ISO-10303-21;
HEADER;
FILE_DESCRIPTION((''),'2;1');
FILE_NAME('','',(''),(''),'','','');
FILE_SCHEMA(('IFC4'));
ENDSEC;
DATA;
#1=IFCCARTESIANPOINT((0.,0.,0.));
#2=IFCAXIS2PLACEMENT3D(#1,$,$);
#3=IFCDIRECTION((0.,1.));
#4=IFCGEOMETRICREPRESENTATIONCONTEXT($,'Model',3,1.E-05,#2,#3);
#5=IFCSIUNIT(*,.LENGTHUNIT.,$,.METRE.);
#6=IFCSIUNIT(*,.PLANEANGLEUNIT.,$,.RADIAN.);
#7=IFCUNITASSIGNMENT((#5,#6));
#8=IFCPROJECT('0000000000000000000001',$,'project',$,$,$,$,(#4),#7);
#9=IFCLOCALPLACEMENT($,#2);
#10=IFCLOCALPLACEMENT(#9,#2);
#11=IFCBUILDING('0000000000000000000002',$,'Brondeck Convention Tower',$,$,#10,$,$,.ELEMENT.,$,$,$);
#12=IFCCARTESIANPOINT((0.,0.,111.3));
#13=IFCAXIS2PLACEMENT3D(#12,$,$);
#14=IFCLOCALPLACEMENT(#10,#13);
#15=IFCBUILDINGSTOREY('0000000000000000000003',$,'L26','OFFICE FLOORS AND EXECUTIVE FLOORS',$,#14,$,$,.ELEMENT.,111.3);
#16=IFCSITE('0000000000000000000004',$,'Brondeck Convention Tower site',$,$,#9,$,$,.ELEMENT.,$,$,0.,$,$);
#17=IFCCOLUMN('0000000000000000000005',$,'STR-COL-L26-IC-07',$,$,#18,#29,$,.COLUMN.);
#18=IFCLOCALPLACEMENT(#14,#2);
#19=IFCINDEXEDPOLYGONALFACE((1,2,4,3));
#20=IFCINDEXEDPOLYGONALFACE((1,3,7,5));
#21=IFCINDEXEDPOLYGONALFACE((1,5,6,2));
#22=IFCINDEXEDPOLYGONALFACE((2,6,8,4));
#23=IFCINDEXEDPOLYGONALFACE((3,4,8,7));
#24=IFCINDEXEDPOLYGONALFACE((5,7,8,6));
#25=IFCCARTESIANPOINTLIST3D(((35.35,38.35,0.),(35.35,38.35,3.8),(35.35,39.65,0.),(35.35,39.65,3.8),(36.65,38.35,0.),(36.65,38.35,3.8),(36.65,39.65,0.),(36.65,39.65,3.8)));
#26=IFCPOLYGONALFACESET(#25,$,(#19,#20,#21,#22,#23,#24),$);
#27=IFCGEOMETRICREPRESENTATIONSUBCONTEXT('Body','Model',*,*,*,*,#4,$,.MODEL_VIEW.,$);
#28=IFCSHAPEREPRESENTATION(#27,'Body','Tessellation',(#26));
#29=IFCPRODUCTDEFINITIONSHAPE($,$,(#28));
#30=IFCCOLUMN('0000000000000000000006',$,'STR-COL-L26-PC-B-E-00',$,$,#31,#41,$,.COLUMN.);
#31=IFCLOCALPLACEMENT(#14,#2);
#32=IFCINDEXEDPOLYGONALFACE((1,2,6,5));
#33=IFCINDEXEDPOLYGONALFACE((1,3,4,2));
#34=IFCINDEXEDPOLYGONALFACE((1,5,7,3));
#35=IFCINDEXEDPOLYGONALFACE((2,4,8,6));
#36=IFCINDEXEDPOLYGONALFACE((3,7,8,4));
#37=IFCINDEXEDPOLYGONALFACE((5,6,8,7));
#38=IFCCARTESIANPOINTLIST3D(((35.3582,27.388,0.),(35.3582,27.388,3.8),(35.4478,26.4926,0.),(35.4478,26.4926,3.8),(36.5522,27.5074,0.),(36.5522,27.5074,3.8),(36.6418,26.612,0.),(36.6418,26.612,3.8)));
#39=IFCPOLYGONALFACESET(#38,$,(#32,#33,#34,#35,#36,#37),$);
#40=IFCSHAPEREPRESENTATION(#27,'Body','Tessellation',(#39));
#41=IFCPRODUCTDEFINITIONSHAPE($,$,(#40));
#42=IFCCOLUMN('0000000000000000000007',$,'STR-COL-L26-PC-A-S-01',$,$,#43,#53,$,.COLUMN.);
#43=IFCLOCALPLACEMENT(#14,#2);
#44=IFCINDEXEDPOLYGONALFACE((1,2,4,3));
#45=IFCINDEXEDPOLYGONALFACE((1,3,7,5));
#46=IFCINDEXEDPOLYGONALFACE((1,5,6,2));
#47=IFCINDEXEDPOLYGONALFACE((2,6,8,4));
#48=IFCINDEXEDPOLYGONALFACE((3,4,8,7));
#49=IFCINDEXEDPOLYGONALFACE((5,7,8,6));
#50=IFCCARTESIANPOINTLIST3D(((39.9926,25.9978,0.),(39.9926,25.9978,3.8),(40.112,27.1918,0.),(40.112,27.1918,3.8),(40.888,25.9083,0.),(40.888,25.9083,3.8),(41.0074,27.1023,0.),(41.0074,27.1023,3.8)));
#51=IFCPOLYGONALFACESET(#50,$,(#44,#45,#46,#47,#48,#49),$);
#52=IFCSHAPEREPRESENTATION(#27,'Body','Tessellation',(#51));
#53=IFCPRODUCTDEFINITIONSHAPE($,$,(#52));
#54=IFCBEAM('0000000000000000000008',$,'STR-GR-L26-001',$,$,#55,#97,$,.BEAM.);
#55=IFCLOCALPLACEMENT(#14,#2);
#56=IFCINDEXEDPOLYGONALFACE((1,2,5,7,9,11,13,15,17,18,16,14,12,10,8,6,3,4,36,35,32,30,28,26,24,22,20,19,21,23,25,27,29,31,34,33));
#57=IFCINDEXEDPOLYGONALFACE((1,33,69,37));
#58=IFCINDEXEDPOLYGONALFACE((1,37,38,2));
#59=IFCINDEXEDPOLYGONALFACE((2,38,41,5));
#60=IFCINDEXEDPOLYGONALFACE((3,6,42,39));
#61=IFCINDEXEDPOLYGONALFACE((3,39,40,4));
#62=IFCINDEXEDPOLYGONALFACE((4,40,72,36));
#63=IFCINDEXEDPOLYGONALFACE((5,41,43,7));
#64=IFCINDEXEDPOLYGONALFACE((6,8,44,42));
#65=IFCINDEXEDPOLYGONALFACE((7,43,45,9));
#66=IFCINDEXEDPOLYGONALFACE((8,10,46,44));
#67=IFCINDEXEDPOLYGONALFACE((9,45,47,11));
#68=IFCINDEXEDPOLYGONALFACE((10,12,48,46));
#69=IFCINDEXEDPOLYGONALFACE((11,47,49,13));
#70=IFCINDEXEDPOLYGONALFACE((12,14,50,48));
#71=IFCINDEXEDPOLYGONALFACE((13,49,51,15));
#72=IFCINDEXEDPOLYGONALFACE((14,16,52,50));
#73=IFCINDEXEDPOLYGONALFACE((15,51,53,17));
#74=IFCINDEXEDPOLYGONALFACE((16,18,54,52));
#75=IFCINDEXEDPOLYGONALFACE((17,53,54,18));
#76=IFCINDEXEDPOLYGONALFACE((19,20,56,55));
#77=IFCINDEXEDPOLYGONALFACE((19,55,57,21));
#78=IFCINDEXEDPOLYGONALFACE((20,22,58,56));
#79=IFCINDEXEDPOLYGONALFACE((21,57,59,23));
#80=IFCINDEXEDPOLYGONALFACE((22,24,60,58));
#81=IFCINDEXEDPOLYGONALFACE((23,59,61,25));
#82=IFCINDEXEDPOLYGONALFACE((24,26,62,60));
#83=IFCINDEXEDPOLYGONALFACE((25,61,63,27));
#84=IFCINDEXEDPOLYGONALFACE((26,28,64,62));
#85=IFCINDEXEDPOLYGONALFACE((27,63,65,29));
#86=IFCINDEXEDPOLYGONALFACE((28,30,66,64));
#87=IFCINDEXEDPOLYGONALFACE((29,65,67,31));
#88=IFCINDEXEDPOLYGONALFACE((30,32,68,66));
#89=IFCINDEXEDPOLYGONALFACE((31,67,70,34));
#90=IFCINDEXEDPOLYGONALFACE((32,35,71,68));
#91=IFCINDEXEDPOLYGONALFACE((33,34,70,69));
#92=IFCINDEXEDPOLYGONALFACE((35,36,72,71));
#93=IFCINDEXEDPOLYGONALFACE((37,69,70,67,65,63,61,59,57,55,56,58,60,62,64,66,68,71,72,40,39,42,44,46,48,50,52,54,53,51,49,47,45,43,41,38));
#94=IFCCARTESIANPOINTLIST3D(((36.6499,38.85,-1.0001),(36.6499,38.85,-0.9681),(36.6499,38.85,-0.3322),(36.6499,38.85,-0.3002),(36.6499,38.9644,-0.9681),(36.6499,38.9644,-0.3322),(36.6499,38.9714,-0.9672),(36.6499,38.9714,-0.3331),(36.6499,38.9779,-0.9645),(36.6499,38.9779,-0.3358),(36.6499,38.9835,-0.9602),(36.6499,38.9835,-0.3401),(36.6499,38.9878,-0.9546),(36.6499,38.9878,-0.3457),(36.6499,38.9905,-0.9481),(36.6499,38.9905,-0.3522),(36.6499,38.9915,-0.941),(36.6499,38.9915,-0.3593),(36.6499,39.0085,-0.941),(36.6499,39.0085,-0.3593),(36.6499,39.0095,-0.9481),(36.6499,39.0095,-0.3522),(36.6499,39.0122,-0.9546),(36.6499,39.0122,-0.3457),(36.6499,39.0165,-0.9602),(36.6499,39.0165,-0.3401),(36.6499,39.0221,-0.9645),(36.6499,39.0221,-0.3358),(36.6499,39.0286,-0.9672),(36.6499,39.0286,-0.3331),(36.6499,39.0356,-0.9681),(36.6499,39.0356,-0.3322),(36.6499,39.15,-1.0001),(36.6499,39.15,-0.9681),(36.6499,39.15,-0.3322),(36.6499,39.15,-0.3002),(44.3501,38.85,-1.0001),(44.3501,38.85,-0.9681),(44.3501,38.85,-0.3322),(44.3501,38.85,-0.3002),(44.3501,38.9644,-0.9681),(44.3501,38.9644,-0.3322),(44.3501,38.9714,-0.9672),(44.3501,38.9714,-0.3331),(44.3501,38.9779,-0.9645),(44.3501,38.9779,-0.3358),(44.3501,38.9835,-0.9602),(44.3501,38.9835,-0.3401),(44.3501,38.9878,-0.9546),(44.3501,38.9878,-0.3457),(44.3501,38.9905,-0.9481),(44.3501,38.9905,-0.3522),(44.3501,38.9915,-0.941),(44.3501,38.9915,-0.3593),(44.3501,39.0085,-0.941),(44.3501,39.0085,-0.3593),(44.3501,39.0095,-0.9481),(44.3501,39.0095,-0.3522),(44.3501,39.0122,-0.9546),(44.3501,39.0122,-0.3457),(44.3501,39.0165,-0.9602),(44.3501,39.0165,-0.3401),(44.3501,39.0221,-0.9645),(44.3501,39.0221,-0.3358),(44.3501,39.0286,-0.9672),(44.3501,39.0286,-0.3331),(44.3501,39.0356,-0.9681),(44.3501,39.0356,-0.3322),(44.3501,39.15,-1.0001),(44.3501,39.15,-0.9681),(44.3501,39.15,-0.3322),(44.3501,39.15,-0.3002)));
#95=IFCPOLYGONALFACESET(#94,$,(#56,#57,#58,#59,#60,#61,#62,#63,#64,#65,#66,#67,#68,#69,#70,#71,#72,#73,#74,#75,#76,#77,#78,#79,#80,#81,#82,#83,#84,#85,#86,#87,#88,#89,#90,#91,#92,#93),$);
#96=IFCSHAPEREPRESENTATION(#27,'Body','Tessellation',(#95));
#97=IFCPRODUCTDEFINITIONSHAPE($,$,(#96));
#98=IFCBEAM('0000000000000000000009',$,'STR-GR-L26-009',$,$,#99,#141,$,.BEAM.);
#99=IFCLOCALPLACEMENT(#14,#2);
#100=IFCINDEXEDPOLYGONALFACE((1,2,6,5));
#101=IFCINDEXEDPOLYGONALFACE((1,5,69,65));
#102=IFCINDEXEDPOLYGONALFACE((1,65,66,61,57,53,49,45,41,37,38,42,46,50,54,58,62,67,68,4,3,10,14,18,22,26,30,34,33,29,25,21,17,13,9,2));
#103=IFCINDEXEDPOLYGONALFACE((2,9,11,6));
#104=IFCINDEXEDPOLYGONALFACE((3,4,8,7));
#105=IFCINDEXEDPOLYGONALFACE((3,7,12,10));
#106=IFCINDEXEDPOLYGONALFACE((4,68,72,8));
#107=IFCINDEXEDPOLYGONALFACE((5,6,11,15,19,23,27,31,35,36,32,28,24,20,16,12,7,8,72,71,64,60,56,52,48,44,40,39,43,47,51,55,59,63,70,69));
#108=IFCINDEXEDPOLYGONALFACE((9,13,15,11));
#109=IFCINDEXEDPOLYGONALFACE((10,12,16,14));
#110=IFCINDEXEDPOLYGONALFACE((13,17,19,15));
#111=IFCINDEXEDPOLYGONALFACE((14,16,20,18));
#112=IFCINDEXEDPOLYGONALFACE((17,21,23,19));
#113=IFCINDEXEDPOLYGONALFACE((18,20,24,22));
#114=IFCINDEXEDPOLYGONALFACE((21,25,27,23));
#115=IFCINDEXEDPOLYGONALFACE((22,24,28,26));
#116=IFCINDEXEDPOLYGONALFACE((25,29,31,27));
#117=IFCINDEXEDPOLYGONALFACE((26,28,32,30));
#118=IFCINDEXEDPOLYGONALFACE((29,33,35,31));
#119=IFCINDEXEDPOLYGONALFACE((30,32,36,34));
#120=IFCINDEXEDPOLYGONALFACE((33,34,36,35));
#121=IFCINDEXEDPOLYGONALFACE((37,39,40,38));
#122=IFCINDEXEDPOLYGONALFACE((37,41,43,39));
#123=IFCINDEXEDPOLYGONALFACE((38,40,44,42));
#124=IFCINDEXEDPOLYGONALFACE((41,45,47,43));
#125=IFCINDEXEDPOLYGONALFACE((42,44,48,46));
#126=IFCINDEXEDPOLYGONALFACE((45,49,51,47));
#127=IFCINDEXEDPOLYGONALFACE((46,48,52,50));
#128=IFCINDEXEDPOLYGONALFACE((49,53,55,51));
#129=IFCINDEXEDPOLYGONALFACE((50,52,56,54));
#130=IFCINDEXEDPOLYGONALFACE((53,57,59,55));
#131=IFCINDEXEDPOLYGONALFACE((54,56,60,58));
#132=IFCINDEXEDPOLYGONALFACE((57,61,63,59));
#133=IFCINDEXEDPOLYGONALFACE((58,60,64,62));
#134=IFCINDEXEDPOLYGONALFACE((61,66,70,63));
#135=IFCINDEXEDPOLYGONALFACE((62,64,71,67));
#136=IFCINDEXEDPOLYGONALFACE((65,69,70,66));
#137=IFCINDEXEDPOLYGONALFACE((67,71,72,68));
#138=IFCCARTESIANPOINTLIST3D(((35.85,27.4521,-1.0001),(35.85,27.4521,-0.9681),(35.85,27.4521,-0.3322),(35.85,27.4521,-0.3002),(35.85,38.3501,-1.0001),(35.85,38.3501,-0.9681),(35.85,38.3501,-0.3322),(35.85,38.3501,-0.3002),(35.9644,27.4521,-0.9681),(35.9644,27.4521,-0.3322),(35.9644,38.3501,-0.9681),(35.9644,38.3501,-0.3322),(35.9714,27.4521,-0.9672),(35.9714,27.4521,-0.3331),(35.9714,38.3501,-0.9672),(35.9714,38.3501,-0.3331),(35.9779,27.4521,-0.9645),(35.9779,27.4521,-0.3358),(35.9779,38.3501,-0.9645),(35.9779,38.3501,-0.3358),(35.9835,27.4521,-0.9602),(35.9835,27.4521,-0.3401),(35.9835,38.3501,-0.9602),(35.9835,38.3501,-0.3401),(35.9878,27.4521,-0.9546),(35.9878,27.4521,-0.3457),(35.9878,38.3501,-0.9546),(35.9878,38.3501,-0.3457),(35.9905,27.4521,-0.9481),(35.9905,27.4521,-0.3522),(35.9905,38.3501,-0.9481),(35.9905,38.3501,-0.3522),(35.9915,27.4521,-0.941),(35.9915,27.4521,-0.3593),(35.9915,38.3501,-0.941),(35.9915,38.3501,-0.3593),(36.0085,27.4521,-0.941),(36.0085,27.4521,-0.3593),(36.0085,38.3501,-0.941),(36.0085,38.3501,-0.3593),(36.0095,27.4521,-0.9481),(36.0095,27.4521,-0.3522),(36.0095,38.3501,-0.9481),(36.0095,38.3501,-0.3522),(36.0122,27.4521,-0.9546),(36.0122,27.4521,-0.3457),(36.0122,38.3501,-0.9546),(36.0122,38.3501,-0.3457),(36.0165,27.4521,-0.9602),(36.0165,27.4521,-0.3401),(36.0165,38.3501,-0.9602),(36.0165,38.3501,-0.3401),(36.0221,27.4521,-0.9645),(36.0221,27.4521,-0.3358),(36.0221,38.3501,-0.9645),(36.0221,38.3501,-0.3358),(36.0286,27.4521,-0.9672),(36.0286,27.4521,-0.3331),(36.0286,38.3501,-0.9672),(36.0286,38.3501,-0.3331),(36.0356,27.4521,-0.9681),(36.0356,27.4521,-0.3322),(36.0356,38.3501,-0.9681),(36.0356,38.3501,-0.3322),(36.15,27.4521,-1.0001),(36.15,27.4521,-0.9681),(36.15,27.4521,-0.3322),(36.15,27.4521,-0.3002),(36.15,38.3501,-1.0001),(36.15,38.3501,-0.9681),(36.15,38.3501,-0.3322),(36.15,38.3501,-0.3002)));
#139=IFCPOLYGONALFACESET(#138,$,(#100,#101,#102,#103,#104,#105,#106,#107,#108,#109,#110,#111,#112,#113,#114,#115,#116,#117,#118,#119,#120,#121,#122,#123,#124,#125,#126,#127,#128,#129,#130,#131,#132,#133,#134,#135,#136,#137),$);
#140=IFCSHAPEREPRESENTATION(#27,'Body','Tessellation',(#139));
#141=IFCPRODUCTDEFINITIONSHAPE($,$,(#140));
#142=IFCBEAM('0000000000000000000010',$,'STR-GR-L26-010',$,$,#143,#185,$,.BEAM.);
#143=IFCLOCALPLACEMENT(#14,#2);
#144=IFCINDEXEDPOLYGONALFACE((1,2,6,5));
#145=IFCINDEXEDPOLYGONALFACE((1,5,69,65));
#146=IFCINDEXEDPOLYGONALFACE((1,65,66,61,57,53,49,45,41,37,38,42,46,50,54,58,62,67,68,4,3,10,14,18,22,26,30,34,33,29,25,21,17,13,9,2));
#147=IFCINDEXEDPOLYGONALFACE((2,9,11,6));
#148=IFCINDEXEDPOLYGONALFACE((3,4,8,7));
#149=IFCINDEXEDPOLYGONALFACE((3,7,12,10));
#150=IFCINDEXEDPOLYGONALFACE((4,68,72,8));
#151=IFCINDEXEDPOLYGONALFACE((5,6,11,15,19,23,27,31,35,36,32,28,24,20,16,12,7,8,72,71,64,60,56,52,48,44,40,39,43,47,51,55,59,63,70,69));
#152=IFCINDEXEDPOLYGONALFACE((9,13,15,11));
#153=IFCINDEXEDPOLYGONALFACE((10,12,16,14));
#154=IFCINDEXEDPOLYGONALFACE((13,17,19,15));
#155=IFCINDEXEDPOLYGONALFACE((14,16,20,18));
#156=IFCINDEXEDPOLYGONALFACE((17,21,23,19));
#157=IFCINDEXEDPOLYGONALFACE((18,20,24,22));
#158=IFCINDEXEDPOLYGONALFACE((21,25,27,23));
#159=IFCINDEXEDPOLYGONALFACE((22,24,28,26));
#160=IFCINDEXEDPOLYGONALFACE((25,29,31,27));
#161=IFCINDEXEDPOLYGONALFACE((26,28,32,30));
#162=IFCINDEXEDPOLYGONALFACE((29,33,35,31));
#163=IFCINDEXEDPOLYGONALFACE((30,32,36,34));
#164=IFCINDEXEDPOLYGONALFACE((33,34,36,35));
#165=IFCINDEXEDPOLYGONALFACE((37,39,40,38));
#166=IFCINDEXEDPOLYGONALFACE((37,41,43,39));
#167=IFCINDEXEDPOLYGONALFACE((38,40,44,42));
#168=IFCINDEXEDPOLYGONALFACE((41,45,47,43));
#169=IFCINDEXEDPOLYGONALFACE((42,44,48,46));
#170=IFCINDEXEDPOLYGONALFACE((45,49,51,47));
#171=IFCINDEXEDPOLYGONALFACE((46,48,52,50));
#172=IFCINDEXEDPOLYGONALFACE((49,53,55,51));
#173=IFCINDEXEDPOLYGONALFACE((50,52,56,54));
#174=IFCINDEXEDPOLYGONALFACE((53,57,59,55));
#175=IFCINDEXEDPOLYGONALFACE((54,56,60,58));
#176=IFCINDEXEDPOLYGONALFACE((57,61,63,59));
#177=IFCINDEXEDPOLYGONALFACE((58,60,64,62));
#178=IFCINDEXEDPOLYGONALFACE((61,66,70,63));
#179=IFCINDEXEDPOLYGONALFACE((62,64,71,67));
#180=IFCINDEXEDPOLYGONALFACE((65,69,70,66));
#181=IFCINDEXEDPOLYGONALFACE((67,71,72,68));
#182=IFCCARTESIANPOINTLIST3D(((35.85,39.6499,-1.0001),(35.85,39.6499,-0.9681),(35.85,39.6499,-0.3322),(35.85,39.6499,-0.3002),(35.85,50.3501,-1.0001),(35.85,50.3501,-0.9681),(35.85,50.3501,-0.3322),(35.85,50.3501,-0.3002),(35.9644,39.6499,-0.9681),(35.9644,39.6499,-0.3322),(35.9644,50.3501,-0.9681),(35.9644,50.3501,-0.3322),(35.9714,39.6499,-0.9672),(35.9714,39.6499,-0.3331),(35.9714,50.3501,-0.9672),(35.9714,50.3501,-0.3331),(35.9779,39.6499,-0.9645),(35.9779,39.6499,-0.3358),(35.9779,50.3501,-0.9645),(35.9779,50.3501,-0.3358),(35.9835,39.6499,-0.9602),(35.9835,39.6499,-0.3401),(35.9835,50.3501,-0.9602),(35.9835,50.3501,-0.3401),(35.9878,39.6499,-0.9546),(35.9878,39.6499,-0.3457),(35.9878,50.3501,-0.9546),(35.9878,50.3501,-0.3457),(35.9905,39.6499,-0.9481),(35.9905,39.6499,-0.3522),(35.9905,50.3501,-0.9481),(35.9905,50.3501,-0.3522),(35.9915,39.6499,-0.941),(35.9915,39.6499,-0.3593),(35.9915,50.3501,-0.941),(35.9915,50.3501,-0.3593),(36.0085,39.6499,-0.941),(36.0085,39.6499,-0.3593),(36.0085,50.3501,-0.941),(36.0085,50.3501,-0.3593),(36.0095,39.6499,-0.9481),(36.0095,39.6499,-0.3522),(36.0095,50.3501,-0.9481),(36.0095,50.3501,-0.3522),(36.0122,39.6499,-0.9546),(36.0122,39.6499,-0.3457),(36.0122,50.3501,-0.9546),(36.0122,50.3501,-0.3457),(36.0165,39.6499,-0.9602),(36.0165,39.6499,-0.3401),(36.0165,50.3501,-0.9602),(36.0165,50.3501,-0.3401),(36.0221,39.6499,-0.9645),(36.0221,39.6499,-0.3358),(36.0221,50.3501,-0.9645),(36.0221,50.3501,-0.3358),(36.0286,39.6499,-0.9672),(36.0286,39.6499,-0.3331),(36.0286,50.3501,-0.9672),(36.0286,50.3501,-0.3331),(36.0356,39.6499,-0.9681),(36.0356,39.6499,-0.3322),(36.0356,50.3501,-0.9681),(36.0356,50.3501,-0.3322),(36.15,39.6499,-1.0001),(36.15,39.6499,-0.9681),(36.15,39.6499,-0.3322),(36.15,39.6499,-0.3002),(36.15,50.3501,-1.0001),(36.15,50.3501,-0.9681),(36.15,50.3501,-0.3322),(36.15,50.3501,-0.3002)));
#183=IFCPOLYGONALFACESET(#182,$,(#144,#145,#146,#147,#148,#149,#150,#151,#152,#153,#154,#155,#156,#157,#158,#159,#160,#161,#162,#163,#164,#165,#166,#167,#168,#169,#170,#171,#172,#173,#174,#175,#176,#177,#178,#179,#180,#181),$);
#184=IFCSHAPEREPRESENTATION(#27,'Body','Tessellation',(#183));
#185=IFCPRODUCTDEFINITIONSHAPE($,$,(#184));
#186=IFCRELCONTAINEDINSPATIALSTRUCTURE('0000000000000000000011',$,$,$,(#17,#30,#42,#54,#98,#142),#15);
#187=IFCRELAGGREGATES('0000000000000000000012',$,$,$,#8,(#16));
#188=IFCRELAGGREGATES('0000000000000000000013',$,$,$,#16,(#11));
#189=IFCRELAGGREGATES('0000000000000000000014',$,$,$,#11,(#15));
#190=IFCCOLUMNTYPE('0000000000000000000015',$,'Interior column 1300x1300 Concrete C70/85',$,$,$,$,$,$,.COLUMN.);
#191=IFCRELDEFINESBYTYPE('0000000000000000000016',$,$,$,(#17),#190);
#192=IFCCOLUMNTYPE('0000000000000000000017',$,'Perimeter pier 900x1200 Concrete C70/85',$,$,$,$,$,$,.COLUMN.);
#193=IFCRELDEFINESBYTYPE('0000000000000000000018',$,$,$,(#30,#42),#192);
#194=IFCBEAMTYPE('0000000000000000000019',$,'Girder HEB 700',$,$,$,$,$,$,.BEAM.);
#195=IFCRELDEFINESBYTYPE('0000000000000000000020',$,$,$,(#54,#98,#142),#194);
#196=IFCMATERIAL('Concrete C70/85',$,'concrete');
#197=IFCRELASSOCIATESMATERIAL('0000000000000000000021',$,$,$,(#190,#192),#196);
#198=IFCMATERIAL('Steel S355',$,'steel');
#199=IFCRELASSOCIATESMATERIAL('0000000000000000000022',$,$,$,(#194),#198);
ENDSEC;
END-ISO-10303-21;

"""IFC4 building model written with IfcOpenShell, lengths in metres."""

from ifc_helpers import new_model, si_unit, direction, frame, origin, origin_2d, place, context, subcontext, project, spatial, rectangle, i_section, extrude, material, material_profile, profile_set, type_object, element, save


model = new_model("IFC4")

# Units and contexts
model_context = context("Model", 3, precision=1e-05, world=origin(), true_north=direction((0.0, 1.0)))
body_context = subcontext(model_context, "Body", "Model", "MODEL_VIEW")
ifc_project = project(units=[si_unit("LENGTHUNIT", "METRE"), si_unit("PLANEANGLEUNIT", "RADIAN")], contexts=[model_context])

# Site, building, storey
site_placement = place(None, origin())
site = spatial("IfcSite", under=ifc_project, at=site_placement, Name="Brondeck Convention Tower site", CompositionType="ELEMENT", RefElevation=0.0)
building_placement = place(site_placement, origin())
building = spatial("IfcBuilding", under=site, at=building_placement, Name="Brondeck Convention Tower", CompositionType="ELEMENT")
storey_placement = place(building_placement, frame((0.0, 0.0, 111.3)))
storey = spatial("IfcBuildingStorey", under=building, at=storey_placement, Name="L26", Description="OFFICE FLOORS AND EXECUTIVE FLOORS", CompositionType="ELEMENT", Elevation=111.3)

# Columns
ifc_material_1 = material(Name="Concrete C70/85", Category="concrete")
ifc_material_profile_1 = material_profile(ifc_material_1, rectangle(XDim=1.3, YDim=1.3, at=origin_2d()), Name="Interior column 1300x1300 Concrete C70/85")
ifc_profile_set_1 = profile_set([ifc_material_profile_1], Name="Concrete C70/85")
column_type_1 = type_object("IfcColumnType", Name="Interior column 1300x1300 Concrete C70/85", PredefinedType="COLUMN", material=ifc_profile_set_1)
column_placement = place(storey_placement, frame((36.0, 39.0, 0.0), z_axis=(0.0, 0.0, 1.0), x_axis=(1.0, 0.0, 0.0)))
element("IfcColumn", 1, at=column_placement, inside=storey, type_object=column_type_1, Name="STR-COL-L26-IC-07", PredefinedType="COLUMN", context=body_context, shape_type="SweptSolid", body=[
    extrude(rectangle(XDim=1.3, YDim=1.3, at=origin_2d()), origin(), (0.0, 0.0, 1.0), 3.8),
])
ifc_material_profile_2 = material_profile(ifc_material_1, rectangle(XDim=0.8999, YDim=1.2, at=origin_2d()), Name="Perimeter pier 900x1200 Concrete C70/85")
ifc_profile_set_2 = profile_set([ifc_material_profile_2], Name="Concrete C70/85")
column_type_2 = type_object("IfcColumnType", Name="Perimeter pier 900x1200 Concrete C70/85", PredefinedType="COLUMN", material=ifc_profile_set_2)
for number, where, z_axis, x_axis, name in (
    (2, (36.0, 27.0, 0.0), (0.0, 0.0, 1.0), (-0.099504, 0.995037, 0.0), "STR-COL-L26-PC-B-E-00"),
    (3, (40.5, 26.55, 0.0), (0.0, 0.0, 1.0), (0.995037, -0.099504, 0.0), "STR-COL-L26-PC-A-S-01"),
):
    element("IfcColumn", number, at=place(storey_placement, frame(where, z_axis=z_axis, x_axis=x_axis)), inside=storey, type_object=column_type_2, Name=name, PredefinedType="COLUMN", context=body_context, shape_type="SweptSolid", body=[
        extrude(rectangle(XDim=0.8999, YDim=1.2, at=origin_2d()), origin(), (0.0, 0.0, 1.0), 3.8),
    ])

# Beams
ifc_material_2 = material(Name="Steel S355", Category="steel")
ifc_material_profile_3 = material_profile(ifc_material_2, i_section(OverallWidth=0.3, OverallDepth=0.7, WebThickness=0.0171, FlangeThickness=0.032, FilletRadius=0.0271, at=origin_2d()), Name="HEB 700")
ifc_profile_set_3 = profile_set([ifc_material_profile_3], Name="Steel S355")
beam_type_1 = type_object("IfcBeamType", Name="Girder HEB 700", PredefinedType="BEAM", material=ifc_profile_set_3)
beam_1_placement = place(storey_placement, frame((36.6499, 39.0, -0.6501), z_axis=(1.0, 0.0, 0.0), x_axis=(0.0, 1.0, 0.0)))
element("IfcBeam", 4, at=beam_1_placement, inside=storey, type_object=beam_type_1, Name="STR-GR-L26-001", PredefinedType="BEAM", context=body_context, shape_type="SweptSolid", body=[
    extrude(i_section(OverallWidth=0.3, OverallDepth=0.7, WebThickness=0.0171, FlangeThickness=0.032, FilletRadius=0.0271, at=origin_2d()), origin(), (0.0, 0.0, 1.0), 7.7002),
])
beam_2_placement = place(storey_placement, frame((36.0, 27.4521, -0.6501), z_axis=(0.0, 1.0, 0.0), x_axis=(-1.0, 0.0, 0.0)))
element("IfcBeam", 5, at=beam_2_placement, inside=storey, type_object=beam_type_1, Name="STR-GR-L26-009", PredefinedType="BEAM", context=body_context, shape_type="SweptSolid", body=[
    extrude(i_section(OverallWidth=0.3, OverallDepth=0.7, WebThickness=0.0171, FlangeThickness=0.032, FilletRadius=0.0271, at=origin_2d()), origin(), (0.0, 0.0, 1.0), 10.8979),
])
beam_3_placement = place(storey_placement, frame((36.0, 39.6499, -0.6501), z_axis=(0.0, 1.0, 0.0), x_axis=(-1.0, 0.0, 0.0)))
element("IfcBeam", 6, at=beam_3_placement, inside=storey, type_object=beam_type_1, Name="STR-GR-L26-010", PredefinedType="BEAM", context=body_context, shape_type="SweptSolid", body=[
    extrude(i_section(OverallWidth=0.3, OverallDepth=0.7, WebThickness=0.0171, FlangeThickness=0.032, FilletRadius=0.0271, at=origin_2d()), origin(), (0.0, 0.0, 1.0), 10.7002),
])

save(model, "model.ifc")
